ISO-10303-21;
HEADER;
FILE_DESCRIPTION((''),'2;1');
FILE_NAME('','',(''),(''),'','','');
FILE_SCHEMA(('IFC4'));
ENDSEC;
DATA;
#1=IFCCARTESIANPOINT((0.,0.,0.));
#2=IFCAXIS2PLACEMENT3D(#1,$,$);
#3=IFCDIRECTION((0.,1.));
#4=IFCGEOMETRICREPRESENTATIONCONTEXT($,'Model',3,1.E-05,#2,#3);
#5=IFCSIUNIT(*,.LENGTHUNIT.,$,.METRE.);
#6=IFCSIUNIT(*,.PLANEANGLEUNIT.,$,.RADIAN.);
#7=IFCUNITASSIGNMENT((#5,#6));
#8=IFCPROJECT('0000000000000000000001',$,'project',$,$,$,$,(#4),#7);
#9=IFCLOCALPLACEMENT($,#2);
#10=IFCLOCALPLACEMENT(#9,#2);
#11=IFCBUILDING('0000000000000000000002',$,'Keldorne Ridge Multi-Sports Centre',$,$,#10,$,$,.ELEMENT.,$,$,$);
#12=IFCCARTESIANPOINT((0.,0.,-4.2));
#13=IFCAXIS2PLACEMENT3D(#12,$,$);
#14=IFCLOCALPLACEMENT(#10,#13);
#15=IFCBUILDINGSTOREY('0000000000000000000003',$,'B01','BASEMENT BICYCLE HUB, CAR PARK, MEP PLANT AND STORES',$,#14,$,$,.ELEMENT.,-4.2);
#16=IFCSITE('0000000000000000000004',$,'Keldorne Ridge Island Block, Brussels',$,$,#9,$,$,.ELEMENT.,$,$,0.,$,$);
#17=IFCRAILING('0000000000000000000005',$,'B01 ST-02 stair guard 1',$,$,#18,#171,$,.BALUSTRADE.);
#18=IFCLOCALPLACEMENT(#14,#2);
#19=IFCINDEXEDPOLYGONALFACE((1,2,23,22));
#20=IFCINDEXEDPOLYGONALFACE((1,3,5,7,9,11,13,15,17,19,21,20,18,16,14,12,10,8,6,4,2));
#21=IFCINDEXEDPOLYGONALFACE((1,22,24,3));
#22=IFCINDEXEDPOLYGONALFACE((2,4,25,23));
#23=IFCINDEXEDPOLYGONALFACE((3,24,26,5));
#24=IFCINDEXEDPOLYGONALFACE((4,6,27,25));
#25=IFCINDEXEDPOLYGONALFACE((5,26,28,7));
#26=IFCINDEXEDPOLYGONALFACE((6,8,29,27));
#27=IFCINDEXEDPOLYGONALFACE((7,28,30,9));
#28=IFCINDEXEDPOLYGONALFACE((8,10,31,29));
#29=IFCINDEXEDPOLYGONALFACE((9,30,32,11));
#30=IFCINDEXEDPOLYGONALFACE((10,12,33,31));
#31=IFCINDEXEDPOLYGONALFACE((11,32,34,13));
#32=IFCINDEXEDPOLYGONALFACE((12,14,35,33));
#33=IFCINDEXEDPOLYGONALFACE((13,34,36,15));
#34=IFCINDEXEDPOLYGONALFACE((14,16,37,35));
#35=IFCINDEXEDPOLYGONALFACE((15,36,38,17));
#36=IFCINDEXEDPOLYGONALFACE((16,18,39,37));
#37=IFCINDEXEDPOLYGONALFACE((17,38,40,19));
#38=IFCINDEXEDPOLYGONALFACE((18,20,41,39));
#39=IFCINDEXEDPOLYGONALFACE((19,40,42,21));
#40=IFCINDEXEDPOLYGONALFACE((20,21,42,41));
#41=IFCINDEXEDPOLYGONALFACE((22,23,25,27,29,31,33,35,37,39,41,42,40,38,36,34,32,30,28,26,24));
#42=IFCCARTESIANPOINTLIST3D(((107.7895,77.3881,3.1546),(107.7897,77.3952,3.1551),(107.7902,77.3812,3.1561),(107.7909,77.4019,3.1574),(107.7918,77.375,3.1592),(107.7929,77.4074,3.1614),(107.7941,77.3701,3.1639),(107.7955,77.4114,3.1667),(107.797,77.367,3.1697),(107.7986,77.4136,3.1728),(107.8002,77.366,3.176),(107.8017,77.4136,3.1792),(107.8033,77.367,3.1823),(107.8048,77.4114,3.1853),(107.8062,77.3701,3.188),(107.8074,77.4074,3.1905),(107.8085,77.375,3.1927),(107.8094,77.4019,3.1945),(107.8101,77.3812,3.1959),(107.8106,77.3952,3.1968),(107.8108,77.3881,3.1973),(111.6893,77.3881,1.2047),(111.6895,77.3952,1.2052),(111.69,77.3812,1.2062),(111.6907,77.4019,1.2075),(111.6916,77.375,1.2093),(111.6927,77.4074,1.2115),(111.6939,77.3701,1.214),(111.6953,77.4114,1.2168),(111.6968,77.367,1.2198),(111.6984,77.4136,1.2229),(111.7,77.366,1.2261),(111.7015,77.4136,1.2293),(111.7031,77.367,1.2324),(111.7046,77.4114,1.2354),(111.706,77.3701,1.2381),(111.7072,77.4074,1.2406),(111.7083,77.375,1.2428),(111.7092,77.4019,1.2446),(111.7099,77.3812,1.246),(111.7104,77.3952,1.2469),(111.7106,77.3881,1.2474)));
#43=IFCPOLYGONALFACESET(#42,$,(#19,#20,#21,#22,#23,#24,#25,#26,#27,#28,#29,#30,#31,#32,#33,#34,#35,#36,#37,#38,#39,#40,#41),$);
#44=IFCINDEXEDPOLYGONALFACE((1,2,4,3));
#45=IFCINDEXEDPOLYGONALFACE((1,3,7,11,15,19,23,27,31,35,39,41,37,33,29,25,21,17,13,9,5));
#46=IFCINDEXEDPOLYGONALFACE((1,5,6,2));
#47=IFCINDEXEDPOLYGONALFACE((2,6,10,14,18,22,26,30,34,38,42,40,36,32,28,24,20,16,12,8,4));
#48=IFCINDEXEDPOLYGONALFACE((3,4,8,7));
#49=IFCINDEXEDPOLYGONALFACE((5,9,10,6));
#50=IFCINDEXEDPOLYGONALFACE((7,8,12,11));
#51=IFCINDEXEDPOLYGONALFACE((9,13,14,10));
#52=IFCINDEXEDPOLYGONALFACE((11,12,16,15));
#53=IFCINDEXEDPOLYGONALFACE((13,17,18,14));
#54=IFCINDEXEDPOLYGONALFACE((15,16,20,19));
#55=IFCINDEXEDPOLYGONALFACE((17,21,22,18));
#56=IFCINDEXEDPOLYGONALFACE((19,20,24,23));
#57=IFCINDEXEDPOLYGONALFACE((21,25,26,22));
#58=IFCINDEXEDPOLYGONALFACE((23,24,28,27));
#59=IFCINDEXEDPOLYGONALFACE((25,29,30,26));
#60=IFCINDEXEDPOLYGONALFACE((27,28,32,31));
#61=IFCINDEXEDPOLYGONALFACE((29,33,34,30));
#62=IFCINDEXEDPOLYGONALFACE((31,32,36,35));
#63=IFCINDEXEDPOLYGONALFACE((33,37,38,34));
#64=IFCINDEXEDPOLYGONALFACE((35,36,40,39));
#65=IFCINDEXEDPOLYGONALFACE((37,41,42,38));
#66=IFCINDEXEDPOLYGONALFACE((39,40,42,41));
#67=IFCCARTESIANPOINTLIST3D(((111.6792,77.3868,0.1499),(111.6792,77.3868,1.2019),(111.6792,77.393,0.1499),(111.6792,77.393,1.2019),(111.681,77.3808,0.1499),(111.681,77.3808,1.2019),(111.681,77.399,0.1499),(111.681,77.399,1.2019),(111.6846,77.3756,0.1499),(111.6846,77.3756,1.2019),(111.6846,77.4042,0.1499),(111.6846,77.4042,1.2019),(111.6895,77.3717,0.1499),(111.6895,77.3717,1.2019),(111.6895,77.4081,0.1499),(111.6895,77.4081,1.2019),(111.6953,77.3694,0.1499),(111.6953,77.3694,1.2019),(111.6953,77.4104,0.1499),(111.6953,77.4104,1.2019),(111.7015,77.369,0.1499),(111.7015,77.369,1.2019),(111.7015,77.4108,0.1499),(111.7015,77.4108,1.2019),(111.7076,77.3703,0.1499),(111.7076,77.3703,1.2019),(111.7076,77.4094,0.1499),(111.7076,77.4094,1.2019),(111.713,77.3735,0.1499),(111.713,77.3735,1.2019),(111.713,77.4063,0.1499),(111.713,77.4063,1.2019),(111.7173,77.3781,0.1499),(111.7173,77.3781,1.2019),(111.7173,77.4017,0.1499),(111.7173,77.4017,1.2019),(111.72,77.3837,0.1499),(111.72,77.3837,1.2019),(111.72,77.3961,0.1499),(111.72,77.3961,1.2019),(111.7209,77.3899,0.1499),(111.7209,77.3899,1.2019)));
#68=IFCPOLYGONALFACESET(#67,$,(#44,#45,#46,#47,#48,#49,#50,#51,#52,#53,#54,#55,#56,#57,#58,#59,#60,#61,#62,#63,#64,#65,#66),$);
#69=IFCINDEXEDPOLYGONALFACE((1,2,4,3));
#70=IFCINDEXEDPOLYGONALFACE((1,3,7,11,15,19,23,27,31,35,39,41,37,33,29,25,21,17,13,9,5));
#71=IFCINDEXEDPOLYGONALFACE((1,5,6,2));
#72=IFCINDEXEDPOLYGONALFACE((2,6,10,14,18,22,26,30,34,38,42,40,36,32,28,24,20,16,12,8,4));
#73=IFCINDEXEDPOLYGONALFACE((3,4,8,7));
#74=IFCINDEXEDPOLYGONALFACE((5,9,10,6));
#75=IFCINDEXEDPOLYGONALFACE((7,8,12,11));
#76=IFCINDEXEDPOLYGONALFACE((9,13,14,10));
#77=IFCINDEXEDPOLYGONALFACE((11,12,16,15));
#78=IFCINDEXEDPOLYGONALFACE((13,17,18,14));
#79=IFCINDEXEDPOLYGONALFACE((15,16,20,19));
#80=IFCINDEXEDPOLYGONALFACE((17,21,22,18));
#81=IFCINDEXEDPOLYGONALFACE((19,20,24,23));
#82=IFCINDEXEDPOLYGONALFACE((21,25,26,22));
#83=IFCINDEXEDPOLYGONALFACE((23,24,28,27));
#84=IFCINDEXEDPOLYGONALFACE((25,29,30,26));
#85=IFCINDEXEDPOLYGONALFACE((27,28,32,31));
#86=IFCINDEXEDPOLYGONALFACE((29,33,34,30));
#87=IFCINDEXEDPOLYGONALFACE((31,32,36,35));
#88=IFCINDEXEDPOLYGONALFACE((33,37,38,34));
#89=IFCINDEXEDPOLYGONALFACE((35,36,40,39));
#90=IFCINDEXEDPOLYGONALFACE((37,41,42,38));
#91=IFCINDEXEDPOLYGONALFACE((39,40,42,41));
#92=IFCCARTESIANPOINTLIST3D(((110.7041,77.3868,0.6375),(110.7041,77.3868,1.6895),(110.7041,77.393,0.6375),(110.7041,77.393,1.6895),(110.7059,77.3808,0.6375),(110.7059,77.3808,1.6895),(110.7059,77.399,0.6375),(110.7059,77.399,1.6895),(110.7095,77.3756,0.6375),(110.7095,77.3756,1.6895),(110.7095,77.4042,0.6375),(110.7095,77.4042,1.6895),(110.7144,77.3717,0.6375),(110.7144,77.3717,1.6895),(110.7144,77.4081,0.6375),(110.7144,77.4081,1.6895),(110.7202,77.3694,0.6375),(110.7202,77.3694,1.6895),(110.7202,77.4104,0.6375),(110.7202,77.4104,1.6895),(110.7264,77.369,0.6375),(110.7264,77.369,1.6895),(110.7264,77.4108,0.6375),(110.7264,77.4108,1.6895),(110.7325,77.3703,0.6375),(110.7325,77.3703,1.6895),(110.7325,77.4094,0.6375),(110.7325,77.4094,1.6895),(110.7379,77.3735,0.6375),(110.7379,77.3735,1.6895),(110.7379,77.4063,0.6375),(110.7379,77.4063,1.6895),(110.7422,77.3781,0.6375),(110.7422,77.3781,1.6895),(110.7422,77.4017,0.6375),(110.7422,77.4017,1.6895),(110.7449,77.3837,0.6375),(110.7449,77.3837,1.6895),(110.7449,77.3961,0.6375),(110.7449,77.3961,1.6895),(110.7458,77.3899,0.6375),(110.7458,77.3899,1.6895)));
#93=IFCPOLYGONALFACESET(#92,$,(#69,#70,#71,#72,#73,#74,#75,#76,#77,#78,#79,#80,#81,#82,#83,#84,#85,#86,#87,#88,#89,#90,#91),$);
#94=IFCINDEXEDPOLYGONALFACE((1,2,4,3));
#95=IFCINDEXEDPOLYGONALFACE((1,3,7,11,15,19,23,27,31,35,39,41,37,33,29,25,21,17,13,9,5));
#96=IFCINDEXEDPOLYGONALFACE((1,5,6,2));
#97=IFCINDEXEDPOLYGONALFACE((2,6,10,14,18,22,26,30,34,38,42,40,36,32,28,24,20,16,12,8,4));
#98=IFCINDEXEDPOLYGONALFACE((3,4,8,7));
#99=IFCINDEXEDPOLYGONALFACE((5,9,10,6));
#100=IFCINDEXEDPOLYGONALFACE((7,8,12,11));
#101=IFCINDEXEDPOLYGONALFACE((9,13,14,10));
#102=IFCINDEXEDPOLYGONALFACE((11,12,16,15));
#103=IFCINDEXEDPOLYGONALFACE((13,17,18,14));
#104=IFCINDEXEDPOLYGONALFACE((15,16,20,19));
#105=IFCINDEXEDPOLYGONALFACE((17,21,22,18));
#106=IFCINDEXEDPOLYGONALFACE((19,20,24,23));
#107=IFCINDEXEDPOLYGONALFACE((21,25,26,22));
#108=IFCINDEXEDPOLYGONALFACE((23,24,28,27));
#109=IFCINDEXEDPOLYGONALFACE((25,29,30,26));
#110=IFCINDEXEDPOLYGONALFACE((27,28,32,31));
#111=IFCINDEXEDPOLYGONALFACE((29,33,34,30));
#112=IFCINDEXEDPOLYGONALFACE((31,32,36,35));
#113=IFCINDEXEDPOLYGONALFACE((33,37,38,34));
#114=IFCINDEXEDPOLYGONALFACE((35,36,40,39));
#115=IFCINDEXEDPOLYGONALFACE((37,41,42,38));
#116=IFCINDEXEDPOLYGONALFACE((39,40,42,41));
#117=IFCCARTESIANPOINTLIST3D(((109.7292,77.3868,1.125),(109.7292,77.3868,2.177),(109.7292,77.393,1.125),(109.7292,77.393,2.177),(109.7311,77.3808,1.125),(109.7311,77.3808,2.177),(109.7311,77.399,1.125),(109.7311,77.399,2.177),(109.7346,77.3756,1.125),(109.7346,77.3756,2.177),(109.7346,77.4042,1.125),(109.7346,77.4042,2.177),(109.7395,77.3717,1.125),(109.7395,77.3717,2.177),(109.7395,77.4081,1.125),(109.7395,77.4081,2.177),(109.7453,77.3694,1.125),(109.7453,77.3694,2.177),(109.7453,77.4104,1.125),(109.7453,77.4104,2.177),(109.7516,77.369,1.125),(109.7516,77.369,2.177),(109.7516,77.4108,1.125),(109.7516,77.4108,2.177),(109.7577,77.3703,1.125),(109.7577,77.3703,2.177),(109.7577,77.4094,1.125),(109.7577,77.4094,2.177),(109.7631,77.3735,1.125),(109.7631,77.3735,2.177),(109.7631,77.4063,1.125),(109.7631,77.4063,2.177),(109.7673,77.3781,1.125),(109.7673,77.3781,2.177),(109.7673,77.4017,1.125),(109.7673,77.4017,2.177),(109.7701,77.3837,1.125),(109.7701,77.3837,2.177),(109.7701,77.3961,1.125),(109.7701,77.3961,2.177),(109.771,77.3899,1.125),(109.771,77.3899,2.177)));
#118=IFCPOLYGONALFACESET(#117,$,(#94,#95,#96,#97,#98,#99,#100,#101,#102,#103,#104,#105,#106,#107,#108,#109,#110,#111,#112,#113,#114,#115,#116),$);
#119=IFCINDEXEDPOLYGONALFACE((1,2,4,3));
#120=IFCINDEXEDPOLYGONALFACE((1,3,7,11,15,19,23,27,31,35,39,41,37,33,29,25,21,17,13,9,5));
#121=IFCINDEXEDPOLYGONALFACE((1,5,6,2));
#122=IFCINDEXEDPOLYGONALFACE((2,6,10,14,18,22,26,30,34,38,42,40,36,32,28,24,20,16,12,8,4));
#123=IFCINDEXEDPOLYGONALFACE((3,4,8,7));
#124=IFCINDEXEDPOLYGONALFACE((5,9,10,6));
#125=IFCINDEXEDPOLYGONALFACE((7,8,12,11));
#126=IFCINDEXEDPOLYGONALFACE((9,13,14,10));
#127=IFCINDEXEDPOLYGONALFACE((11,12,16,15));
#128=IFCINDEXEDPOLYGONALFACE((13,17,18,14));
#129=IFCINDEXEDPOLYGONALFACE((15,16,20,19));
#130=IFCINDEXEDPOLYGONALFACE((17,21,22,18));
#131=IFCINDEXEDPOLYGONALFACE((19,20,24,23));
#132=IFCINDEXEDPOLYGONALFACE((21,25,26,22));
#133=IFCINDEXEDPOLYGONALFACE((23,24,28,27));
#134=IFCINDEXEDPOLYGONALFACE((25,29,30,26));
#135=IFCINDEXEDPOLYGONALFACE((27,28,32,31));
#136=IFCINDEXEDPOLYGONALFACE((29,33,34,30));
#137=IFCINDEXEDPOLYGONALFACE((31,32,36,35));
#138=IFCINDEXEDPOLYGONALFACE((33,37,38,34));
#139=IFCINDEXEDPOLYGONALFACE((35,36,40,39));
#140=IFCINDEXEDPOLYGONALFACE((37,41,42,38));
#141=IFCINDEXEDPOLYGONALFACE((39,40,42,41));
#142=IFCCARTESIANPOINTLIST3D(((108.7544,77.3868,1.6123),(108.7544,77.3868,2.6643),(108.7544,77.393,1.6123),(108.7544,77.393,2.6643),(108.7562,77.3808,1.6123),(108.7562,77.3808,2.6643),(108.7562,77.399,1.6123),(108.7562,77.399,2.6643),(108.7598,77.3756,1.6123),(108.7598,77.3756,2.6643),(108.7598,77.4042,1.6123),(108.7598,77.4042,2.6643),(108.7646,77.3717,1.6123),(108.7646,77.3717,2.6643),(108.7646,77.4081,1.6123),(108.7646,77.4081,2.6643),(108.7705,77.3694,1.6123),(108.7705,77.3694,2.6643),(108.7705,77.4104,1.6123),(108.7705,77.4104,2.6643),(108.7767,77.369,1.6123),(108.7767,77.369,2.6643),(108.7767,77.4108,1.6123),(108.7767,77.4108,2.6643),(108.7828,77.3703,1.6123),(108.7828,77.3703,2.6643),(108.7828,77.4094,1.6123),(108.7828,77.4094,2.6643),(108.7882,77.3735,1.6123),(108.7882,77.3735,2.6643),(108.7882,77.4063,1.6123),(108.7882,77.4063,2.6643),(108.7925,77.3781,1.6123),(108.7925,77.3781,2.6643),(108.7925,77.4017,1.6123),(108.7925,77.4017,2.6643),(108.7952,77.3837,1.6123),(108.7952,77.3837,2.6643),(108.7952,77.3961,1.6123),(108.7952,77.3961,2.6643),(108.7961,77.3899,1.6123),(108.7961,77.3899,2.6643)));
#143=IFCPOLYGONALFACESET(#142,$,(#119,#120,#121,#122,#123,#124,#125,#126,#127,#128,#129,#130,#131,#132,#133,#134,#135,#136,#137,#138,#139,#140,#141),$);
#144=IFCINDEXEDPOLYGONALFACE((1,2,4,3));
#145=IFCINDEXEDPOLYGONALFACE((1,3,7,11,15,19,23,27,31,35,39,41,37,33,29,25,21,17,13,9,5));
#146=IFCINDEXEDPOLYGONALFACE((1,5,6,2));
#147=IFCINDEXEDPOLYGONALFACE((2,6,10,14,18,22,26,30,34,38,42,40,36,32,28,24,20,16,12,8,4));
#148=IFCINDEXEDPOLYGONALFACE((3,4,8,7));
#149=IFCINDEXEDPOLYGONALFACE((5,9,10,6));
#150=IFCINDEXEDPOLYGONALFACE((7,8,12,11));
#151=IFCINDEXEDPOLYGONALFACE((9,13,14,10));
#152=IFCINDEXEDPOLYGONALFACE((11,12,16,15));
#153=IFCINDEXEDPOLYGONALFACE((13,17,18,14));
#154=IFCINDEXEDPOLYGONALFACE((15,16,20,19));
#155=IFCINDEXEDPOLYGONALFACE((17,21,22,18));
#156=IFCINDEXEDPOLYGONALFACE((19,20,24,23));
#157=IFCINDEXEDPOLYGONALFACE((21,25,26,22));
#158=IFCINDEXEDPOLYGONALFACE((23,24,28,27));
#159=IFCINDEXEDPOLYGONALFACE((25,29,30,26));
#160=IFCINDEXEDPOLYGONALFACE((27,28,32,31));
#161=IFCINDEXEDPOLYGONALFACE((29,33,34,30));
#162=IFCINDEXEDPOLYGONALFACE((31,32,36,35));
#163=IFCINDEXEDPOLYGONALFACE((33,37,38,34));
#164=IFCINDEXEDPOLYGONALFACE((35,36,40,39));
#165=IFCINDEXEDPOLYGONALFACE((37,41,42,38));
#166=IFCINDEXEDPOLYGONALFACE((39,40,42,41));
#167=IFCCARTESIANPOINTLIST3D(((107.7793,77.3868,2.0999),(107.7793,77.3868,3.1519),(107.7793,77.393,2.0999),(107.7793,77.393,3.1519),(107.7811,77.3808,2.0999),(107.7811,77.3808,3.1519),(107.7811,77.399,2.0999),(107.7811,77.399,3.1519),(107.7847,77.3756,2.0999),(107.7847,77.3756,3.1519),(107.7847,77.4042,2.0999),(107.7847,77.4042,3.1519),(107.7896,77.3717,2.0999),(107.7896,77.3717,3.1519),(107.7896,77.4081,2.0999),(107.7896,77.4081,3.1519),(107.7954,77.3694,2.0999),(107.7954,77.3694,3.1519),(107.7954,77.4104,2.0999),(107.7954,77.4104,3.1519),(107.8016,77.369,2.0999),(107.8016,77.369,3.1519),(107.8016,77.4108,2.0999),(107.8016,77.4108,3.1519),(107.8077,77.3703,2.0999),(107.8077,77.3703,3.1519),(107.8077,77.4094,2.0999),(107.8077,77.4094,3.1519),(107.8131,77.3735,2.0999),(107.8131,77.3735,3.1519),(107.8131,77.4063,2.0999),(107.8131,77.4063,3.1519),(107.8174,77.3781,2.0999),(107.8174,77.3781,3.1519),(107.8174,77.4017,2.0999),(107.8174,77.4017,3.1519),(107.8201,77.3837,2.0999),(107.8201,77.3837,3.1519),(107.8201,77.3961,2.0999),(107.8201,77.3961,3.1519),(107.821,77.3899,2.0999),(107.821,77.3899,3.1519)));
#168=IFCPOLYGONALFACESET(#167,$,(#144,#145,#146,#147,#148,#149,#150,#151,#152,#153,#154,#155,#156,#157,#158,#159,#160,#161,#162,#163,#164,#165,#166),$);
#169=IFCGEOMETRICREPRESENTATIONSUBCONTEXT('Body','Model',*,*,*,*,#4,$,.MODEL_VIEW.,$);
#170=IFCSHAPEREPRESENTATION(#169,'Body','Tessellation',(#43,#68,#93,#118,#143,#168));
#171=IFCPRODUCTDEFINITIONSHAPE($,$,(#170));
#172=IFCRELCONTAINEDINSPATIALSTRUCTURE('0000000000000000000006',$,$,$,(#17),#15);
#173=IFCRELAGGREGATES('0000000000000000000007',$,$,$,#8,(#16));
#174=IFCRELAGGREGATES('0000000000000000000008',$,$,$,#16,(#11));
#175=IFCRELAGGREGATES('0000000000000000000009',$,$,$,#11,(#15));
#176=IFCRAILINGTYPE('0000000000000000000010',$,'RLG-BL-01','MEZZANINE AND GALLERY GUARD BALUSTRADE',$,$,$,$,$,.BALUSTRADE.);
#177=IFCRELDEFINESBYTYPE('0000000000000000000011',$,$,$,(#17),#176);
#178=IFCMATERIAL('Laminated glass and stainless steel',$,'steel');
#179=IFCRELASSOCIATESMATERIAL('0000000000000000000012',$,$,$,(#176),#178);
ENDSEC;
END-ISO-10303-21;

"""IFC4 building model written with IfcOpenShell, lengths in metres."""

from ifc_helpers import new_model, si_unit, direction, frame, origin, origin_2d, place, context, subcontext, project, spatial, circle, extrude, material, type_object, element, save


model = new_model("IFC4")

# Units and contexts
model_context = context("Model", 3, precision=1e-05, world=origin(), true_north=direction((0.0, 1.0)))
body_context = subcontext(model_context, "Body", "Model", "MODEL_VIEW")
ifc_project = project(units=[si_unit("LENGTHUNIT", "METRE"), si_unit("PLANEANGLEUNIT", "RADIAN")], contexts=[model_context])

# Site, building, storey
site_placement = place(None, origin())
site = spatial("IfcSite", under=ifc_project, at=site_placement, Name="Keldorne Ridge Island Block, Brussels", CompositionType="ELEMENT", RefElevation=0.0)
building_placement = place(site_placement, origin())
building = spatial("IfcBuilding", under=site, at=building_placement, Name="Keldorne Ridge Multi-Sports Centre", CompositionType="ELEMENT")
storey_placement = place(building_placement, frame((0.0, 0.0, -4.2)))
storey = spatial("IfcBuildingStorey", under=building, at=storey_placement, Name="B01", Description="BASEMENT BICYCLE HUB, CAR PARK, MEP PLANT AND STORES", CompositionType="ELEMENT", Elevation=-4.2)

# Railing
ifc_material_1 = material(Name="Laminated glass and stainless steel", Category="steel")
railing_type_1 = type_object("IfcRailingType", Name="RLG-BL-01", Description="MEZZANINE AND GALLERY GUARD BALUSTRADE", PredefinedType="BALUSTRADE", material=ifc_material_1)
railing_1_placement = place(storey_placement, frame((111.7, 77.3899, 0.1499)))
element("IfcRailing", 1, at=railing_1_placement, inside=storey, type_object=railing_type_1, Name="B01 ST-02 stair guard 1", PredefinedType="BALUSTRADE", context=body_context, shape_type="SweptSolid", body=[
    extrude(circle(Radius=0.0239, at=origin_2d()), frame((0.0, 0.0, 1.0762), z_axis=(-0.894427, 0.0, 0.447214), x_axis=(0.0, -1.0, 0.0)), (0.0, 0.0, 1.0), 4.3601),
    extrude(circle(Radius=0.021, at=origin_2d()), origin(), (0.0, 0.0, 1.0), 1.052),
    extrude(circle(Radius=0.021, at=origin_2d()), frame((-0.9751, 0.0, 0.4875)), (0.0, 0.0, 1.0), 1.052),
    extrude(circle(Radius=0.021, at=origin_2d()), frame((-1.95, 0.0, 0.9751)), (0.0, 0.0, 1.0), 1.052),
    extrude(circle(Radius=0.021, at=origin_2d()), frame((-2.9248, 0.0, 1.4624)), (0.0, 0.0, 1.0), 1.052),
    extrude(circle(Radius=0.021, at=origin_2d()), frame((-3.8999, 0.0, 1.95)), (0.0, 0.0, 1.0), 1.052),
])

save(model, "model.ifc")
